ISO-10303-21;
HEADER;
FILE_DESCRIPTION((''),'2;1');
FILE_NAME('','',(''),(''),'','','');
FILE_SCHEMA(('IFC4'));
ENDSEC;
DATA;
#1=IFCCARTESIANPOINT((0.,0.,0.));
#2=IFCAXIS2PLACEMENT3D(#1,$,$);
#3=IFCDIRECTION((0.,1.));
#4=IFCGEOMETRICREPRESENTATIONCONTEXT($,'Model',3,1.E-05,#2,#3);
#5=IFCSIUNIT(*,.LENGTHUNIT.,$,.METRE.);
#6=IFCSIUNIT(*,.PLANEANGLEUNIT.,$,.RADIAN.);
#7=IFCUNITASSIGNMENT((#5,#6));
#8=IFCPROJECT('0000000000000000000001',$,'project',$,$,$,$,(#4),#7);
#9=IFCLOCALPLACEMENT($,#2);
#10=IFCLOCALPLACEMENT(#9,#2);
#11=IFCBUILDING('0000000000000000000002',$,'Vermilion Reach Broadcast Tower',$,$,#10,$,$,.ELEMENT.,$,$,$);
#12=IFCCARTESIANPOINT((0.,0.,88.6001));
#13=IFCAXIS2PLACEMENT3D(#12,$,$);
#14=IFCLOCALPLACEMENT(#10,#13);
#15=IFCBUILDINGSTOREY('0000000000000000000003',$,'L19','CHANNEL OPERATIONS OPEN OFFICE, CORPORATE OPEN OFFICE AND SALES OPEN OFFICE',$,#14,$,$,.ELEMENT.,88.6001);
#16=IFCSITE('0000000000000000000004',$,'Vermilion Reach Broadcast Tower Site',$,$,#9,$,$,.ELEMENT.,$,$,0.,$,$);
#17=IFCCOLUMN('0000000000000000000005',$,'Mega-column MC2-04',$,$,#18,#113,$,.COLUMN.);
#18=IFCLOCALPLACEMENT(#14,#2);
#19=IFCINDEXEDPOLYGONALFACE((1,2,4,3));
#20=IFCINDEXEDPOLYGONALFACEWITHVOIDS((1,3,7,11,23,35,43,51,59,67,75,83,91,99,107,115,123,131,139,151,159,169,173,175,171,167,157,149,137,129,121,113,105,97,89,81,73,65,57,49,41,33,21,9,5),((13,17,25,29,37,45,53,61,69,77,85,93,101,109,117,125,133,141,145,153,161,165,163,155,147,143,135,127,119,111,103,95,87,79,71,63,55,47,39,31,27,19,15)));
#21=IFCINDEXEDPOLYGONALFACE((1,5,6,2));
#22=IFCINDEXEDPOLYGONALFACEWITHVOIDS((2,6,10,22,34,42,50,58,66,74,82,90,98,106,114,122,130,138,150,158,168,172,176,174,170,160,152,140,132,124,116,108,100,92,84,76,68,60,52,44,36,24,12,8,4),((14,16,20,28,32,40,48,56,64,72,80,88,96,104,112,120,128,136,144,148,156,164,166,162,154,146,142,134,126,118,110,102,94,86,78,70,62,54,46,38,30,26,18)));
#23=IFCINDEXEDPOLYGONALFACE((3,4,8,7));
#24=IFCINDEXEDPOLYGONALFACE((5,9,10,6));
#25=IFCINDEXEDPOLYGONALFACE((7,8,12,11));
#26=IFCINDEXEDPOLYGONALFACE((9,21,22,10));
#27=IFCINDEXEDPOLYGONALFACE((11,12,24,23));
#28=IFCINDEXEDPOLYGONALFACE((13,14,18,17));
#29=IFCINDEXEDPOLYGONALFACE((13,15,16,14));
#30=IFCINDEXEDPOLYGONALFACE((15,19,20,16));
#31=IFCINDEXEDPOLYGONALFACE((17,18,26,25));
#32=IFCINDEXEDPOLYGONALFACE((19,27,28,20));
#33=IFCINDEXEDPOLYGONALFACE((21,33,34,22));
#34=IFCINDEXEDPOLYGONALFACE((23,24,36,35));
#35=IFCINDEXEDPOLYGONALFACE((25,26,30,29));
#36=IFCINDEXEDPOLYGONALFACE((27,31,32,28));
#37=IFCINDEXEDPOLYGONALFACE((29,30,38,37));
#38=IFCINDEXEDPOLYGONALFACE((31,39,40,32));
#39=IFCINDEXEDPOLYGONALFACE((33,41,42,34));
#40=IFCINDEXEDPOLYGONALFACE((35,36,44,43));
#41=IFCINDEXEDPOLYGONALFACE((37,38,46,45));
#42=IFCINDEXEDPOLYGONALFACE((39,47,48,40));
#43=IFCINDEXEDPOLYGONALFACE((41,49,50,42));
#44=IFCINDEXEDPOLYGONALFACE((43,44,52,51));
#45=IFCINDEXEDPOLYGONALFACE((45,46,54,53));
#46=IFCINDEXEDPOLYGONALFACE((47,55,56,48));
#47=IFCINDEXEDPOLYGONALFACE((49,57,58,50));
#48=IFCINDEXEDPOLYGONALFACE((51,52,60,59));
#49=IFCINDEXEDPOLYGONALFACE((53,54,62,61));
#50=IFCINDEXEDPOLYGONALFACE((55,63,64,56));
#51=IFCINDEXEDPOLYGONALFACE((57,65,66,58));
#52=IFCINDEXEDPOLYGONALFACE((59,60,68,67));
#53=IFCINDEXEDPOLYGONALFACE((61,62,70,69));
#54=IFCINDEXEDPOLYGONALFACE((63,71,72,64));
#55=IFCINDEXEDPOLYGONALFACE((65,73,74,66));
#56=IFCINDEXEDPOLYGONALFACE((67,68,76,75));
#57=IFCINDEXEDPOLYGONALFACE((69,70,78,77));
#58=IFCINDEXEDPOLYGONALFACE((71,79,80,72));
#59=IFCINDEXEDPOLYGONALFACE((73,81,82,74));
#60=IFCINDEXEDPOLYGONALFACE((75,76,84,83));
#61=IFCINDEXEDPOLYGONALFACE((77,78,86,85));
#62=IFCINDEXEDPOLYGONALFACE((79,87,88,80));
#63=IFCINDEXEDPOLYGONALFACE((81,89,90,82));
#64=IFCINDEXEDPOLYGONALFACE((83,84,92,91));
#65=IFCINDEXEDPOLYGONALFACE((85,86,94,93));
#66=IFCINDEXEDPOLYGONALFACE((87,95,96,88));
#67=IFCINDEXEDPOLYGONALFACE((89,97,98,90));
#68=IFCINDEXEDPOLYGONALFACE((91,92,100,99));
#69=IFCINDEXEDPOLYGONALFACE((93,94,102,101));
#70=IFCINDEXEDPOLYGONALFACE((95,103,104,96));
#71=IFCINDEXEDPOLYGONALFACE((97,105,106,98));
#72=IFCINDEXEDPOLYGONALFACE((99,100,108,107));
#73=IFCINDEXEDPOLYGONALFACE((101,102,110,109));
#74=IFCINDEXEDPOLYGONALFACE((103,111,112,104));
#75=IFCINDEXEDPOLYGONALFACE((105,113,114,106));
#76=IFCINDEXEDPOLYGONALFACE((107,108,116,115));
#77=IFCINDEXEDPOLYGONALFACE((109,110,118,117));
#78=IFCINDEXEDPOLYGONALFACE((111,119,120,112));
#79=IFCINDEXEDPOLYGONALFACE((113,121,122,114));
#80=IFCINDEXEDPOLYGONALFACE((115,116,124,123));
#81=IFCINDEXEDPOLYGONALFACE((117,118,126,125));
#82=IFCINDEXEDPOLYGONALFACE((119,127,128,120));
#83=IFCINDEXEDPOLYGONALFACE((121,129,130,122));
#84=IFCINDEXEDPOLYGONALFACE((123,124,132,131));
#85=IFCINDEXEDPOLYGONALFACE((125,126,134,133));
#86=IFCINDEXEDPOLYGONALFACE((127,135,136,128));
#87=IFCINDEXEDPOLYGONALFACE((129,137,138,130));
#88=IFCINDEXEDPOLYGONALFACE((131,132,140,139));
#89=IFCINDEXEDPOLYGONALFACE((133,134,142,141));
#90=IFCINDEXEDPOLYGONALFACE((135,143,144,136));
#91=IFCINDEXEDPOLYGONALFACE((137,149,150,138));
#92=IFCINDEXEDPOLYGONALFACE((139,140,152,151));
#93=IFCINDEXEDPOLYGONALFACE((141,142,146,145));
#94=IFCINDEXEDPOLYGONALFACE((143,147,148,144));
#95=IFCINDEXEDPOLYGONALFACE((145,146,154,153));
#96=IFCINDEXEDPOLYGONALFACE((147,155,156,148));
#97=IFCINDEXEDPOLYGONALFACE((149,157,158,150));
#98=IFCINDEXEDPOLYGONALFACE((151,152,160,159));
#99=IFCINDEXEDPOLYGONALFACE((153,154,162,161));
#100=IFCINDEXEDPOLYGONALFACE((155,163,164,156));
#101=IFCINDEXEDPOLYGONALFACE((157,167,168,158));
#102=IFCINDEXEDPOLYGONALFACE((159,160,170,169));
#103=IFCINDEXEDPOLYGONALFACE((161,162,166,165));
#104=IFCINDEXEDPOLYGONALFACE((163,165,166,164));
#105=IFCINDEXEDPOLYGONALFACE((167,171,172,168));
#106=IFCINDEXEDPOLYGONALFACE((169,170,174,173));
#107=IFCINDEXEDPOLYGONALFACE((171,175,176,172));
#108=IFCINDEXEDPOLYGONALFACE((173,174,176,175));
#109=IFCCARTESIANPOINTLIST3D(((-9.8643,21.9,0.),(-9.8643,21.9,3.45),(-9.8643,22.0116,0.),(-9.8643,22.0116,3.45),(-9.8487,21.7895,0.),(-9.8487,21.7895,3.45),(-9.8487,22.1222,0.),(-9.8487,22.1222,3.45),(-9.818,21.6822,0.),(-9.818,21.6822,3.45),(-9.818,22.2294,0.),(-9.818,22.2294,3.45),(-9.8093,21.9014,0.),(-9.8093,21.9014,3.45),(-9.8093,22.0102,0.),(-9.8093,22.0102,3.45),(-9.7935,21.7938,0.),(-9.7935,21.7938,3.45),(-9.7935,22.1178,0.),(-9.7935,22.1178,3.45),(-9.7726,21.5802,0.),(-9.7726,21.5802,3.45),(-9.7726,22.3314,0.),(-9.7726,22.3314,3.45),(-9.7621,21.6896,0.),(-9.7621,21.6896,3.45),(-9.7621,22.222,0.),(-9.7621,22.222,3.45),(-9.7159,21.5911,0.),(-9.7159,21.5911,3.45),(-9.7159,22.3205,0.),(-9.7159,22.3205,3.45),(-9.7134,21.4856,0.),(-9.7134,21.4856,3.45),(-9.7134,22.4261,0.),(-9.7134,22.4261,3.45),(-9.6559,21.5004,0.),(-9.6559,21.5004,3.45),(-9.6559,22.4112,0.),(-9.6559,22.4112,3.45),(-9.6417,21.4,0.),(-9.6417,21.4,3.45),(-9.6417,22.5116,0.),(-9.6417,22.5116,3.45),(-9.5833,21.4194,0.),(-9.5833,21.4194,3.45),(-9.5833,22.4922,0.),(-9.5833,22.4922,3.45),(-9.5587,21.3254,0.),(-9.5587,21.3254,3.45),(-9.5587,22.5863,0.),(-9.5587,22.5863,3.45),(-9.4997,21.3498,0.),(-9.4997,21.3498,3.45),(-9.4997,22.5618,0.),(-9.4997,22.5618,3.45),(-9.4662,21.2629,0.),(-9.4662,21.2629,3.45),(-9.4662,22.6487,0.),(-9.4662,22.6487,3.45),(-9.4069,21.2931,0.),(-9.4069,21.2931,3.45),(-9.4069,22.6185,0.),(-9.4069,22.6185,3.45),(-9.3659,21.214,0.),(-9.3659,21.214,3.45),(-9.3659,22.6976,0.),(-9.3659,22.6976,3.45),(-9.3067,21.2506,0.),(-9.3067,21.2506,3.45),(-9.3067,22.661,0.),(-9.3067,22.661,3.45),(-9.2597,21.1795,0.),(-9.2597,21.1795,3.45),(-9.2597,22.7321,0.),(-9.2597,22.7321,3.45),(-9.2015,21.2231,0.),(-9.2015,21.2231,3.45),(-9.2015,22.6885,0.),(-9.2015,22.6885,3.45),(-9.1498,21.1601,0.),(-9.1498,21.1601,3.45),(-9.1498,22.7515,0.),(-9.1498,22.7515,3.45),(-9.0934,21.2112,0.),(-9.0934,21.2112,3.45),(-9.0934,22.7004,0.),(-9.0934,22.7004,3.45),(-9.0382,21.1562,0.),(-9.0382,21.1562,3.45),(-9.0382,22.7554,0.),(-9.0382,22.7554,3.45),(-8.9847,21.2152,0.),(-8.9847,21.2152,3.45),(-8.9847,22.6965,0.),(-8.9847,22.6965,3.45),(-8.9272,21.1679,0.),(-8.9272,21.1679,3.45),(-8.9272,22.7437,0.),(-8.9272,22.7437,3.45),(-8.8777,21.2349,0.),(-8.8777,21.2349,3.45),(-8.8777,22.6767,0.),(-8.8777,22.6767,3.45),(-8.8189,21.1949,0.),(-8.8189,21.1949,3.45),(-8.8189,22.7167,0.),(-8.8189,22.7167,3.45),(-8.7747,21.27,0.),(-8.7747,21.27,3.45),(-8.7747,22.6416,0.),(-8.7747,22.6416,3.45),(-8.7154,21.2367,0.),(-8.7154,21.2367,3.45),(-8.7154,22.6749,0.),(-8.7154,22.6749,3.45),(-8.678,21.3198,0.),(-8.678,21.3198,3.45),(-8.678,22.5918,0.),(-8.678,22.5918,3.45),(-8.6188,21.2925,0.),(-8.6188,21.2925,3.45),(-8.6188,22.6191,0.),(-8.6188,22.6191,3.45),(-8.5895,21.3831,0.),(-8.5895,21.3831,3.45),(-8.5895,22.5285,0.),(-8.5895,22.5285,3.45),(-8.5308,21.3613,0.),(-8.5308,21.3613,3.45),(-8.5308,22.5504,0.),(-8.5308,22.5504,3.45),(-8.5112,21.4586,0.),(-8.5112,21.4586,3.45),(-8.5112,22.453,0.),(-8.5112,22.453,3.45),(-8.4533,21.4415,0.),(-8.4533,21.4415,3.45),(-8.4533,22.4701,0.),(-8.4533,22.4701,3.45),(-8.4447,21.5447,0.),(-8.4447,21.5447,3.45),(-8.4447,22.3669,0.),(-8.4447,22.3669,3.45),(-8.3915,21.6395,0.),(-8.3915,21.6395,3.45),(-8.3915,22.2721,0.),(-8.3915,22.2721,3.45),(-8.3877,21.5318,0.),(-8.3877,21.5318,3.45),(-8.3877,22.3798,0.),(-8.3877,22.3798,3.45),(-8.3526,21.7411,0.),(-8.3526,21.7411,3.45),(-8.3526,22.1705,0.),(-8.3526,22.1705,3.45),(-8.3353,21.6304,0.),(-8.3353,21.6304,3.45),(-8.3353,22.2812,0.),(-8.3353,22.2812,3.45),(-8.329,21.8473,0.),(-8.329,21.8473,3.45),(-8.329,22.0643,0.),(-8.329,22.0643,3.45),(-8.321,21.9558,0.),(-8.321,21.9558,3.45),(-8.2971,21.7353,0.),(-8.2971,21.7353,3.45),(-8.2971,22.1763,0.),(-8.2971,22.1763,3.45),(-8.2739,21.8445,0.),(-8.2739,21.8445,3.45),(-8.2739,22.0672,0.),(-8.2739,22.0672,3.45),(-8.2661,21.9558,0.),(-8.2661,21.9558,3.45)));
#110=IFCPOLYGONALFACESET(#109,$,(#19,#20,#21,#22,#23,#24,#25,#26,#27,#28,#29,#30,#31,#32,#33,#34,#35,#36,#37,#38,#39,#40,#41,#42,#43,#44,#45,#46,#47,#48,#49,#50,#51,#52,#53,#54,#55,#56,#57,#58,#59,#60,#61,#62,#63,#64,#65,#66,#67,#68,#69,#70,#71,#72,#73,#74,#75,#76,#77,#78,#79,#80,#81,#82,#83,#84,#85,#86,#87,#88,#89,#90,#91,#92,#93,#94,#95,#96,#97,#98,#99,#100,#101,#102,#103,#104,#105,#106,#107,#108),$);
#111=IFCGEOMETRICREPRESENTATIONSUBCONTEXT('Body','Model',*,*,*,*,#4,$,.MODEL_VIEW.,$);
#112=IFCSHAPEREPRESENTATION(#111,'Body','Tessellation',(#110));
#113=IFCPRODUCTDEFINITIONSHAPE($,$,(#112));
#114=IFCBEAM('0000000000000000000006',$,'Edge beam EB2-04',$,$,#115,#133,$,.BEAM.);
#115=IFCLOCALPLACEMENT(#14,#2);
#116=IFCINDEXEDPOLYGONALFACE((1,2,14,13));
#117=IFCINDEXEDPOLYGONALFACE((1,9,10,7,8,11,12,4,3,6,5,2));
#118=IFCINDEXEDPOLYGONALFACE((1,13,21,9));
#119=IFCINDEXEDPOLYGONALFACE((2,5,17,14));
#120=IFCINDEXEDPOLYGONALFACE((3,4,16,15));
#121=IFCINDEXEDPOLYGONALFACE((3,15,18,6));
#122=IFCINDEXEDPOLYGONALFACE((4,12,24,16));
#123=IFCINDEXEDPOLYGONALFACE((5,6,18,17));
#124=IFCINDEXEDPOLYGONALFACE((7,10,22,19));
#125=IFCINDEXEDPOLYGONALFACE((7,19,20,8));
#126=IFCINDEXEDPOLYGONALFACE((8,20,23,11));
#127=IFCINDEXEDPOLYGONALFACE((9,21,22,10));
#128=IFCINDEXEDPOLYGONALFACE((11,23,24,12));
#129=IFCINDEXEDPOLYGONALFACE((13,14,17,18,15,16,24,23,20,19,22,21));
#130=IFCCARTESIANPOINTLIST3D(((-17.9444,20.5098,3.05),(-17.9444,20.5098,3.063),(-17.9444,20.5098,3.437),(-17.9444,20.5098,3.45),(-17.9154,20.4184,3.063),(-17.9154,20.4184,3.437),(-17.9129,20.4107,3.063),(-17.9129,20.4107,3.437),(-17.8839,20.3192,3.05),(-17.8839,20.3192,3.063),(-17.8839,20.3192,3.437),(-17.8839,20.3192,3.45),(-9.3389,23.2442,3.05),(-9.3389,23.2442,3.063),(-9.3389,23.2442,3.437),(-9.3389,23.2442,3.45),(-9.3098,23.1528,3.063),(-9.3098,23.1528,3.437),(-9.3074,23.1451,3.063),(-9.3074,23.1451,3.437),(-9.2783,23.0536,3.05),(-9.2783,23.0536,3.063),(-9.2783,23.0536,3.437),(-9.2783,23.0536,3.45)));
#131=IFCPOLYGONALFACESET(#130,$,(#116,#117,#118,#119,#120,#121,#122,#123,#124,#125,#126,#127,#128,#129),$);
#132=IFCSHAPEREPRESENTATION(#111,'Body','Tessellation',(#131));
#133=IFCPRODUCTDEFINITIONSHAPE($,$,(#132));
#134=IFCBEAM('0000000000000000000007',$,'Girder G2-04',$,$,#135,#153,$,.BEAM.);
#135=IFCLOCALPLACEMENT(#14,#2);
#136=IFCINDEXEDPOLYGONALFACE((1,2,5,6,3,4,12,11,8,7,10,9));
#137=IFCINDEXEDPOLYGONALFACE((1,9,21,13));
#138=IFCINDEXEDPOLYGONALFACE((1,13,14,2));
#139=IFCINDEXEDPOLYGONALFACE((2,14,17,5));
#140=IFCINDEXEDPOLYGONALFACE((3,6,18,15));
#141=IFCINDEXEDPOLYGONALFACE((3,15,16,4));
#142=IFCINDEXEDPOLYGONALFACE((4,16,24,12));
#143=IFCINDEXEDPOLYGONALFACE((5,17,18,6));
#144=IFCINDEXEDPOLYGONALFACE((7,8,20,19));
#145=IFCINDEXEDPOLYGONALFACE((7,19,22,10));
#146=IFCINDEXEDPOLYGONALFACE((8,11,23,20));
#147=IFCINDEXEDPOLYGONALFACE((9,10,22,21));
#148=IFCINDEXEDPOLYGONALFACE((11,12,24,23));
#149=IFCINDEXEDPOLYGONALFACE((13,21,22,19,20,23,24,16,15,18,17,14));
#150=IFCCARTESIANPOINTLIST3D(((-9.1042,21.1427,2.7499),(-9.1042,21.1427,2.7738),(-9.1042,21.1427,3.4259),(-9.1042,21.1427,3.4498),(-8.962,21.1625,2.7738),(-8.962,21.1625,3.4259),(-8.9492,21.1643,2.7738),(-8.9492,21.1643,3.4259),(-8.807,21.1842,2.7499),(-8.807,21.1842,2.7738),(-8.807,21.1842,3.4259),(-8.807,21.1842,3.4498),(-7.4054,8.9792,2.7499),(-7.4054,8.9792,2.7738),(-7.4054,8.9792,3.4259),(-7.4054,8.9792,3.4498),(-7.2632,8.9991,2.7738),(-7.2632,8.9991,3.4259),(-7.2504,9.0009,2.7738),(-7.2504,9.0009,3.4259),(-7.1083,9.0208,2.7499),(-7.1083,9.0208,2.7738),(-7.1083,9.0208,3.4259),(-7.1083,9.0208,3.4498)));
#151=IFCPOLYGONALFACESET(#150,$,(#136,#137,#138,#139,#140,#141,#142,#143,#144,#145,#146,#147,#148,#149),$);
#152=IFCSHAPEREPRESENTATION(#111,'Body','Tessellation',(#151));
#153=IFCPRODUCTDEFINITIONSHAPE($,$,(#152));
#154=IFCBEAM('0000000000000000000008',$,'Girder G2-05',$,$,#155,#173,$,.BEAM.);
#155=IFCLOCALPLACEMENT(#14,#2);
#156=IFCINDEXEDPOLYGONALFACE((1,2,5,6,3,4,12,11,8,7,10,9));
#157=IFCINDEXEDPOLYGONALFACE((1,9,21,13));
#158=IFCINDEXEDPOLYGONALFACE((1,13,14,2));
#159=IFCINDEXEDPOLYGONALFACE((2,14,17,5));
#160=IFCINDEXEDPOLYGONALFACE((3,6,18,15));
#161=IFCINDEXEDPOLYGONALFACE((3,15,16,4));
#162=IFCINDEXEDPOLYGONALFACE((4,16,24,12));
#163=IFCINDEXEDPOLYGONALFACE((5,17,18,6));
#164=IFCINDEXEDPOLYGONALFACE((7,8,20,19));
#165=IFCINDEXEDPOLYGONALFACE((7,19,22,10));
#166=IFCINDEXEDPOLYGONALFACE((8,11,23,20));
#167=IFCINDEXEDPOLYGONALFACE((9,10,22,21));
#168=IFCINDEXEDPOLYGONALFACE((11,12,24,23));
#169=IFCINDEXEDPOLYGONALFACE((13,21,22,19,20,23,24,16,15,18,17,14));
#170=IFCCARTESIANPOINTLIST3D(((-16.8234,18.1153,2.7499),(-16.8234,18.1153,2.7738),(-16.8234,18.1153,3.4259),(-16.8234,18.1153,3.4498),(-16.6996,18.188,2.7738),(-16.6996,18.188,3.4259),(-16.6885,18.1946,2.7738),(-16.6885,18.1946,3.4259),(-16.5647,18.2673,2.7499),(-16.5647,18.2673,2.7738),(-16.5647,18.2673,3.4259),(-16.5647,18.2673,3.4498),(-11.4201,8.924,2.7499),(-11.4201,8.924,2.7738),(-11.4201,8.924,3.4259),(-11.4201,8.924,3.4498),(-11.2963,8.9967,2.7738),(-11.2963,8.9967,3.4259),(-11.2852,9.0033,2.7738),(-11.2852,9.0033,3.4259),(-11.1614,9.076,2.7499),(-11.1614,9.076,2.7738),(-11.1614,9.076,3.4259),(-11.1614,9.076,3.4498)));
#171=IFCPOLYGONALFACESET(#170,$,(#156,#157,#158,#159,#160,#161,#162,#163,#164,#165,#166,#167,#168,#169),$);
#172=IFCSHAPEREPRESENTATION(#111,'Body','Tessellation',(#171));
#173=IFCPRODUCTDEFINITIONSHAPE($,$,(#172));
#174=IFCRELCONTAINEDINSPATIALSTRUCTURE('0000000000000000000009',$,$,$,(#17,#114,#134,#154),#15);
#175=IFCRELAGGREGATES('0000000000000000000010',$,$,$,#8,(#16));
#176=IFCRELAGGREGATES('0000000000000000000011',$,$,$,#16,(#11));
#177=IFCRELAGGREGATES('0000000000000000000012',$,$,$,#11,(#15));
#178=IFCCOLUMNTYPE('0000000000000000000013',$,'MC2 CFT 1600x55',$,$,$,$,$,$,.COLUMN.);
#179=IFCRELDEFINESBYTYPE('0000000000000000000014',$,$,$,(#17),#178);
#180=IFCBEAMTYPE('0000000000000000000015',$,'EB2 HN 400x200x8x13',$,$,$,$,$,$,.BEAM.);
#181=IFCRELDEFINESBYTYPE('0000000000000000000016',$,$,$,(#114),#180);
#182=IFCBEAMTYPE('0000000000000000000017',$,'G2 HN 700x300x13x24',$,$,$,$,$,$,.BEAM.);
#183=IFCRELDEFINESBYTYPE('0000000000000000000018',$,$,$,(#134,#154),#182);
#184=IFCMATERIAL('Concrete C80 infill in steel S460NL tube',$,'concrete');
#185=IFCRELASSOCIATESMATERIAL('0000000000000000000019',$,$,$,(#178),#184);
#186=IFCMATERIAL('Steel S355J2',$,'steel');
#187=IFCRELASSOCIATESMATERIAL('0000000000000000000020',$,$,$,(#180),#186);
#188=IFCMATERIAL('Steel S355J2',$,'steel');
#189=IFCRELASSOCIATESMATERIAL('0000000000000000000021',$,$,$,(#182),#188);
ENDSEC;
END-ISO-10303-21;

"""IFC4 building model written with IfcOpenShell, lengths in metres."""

from ifc_helpers import new_model, si_unit, direction, frame, origin, origin_2d, place, context, subcontext, project, spatial, hollow_circle, i_section, extrude, material, material_profile, profile_set, type_object, element, save


model = new_model("IFC4")

# Units and contexts
model_context = context("Model", 3, precision=1e-05, world=origin(), true_north=direction((0.0, 1.0)))
body_context = subcontext(model_context, "Body", "Model", "MODEL_VIEW")
ifc_project = project(units=[si_unit("LENGTHUNIT", "METRE"), si_unit("PLANEANGLEUNIT", "RADIAN")], contexts=[model_context])

# Site, building, storey
site_placement = place(None, origin())
site = spatial("IfcSite", under=ifc_project, at=site_placement, Name="Vermilion Reach Broadcast Tower Site", CompositionType="ELEMENT", RefElevation=0.0)
building_placement = place(site_placement, origin())
building = spatial("IfcBuilding", under=site, at=building_placement, Name="Vermilion Reach Broadcast Tower", CompositionType="ELEMENT")
storey_placement = place(building_placement, frame((0.0, 0.0, 88.6001)))
storey = spatial("IfcBuildingStorey", under=building, at=storey_placement, Name="L19", Description="CHANNEL OPERATIONS OPEN OFFICE, CORPORATE OPEN OFFICE AND SALES OPEN OFFICE", CompositionType="ELEMENT", Elevation=88.6001)

# Column
ifc_material_1 = material(Name="Concrete C80 infill in steel S460NL tube", Category="concrete")
ifc_material_profile_1 = material_profile(ifc_material_1, hollow_circle(Radius=0.8, WallThickness=0.0549, at=origin_2d()), Name="Concrete C80 infill in steel S460NL tube CFT 1600x55")
ifc_profile_set_1 = profile_set([ifc_material_profile_1], Name="Concrete C80 infill in steel S460NL tube")
column_type = type_object("IfcColumnType", Name="MC2 CFT 1600x55", PredefinedType="COLUMN", material=ifc_profile_set_1)
column_placement = place(storey_placement, frame((-9.0662, 21.9558, 0.0), z_axis=(0.0, 0.0, 1.0), x_axis=(1.0, 0.0, 0.0)))
element("IfcColumn", 1, at=column_placement, inside=storey, type_object=column_type, Name="Mega-column MC2-04", PredefinedType="COLUMN", context=body_context, shape_type="SweptSolid", body=[
    extrude(hollow_circle(Radius=0.8, WallThickness=0.0549, at=origin_2d()), origin(), (0.0, 0.0, 1.0), 3.45),
])

# Beams
ifc_material_2 = material(Name="Steel S355J2", Category="steel")
ifc_material_profile_2 = material_profile(ifc_material_2, i_section(OverallWidth=0.2, OverallDepth=0.3999, WebThickness=0.0081, FlangeThickness=0.0129, at=origin_2d()), Name="S355J2 HN 400x200x8x13")
ifc_profile_set_2 = profile_set([ifc_material_profile_2], Name="Steel S355J2")
beam_type_1 = type_object("IfcBeamType", Name="EB2 HN 400x200x8x13", PredefinedType="BEAM", material=ifc_profile_set_2)
beam_1_placement = place(storey_placement, frame((-9.3086, 23.1489, 3.25), z_axis=(-0.953045, -0.302829, 0.0), x_axis=(0.302829, -0.953045, 0.0)))
element("IfcBeam", 2, at=beam_1_placement, inside=storey, type_object=beam_type_1, Name="Edge beam EB2-04", PredefinedType="BEAM", context=body_context, shape_type="SweptSolid", body=[
    extrude(i_section(OverallWidth=0.2, OverallDepth=0.3999, WebThickness=0.0081, FlangeThickness=0.0129, at=origin_2d()), origin(), (0.0, 0.0, 1.0), 9.0295),
])
ifc_material_3 = material(Name="Steel S355J2", Category="steel")
ifc_material_profile_3 = material_profile(ifc_material_3, i_section(OverallWidth=0.3, OverallDepth=0.7, WebThickness=0.0129, FlangeThickness=0.0239, at=origin_2d()), Name="S355J2 HN 700x300x13x24")
ifc_profile_set_3 = profile_set([ifc_material_profile_3], Name="Steel S355J2")
beam_type_2 = type_object("IfcBeamType", Name="G2 HN 700x300x13x24", PredefinedType="BEAM", material=ifc_profile_set_3)
beam_2_placement = place(storey_placement, frame((-7.2568, 9.0, 3.0999), z_axis=(-0.138318, 0.990388, 0.0), x_axis=(-0.990388, -0.138318, 0.0)))
element("IfcBeam", 3, at=beam_2_placement, inside=storey, type_object=beam_type_2, Name="Girder G2-04", PredefinedType="BEAM", context=body_context, shape_type="SweptSolid", body=[
    extrude(i_section(OverallWidth=0.3, OverallDepth=0.7, WebThickness=0.0129, FlangeThickness=0.0239, at=origin_2d()), origin(), (0.0, 0.0, 1.0), 12.2815),
])
beam_3_placement = place(storey_placement, frame((-11.2908, 9.0, 3.0999), z_axis=(-0.506784, 0.862073, 0.0), x_axis=(-0.862073, -0.506784, 0.0)))
element("IfcBeam", 4, at=beam_3_placement, inside=storey, type_object=beam_type_2, Name="Girder G2-05", PredefinedType="BEAM", context=body_context, shape_type="SweptSolid", body=[
    extrude(i_section(OverallWidth=0.3, OverallDepth=0.7, WebThickness=0.0129, FlangeThickness=0.0239, at=origin_2d()), origin(), (0.0, 0.0, 1.0), 10.6619),
])

save(model, "model.ifc")
